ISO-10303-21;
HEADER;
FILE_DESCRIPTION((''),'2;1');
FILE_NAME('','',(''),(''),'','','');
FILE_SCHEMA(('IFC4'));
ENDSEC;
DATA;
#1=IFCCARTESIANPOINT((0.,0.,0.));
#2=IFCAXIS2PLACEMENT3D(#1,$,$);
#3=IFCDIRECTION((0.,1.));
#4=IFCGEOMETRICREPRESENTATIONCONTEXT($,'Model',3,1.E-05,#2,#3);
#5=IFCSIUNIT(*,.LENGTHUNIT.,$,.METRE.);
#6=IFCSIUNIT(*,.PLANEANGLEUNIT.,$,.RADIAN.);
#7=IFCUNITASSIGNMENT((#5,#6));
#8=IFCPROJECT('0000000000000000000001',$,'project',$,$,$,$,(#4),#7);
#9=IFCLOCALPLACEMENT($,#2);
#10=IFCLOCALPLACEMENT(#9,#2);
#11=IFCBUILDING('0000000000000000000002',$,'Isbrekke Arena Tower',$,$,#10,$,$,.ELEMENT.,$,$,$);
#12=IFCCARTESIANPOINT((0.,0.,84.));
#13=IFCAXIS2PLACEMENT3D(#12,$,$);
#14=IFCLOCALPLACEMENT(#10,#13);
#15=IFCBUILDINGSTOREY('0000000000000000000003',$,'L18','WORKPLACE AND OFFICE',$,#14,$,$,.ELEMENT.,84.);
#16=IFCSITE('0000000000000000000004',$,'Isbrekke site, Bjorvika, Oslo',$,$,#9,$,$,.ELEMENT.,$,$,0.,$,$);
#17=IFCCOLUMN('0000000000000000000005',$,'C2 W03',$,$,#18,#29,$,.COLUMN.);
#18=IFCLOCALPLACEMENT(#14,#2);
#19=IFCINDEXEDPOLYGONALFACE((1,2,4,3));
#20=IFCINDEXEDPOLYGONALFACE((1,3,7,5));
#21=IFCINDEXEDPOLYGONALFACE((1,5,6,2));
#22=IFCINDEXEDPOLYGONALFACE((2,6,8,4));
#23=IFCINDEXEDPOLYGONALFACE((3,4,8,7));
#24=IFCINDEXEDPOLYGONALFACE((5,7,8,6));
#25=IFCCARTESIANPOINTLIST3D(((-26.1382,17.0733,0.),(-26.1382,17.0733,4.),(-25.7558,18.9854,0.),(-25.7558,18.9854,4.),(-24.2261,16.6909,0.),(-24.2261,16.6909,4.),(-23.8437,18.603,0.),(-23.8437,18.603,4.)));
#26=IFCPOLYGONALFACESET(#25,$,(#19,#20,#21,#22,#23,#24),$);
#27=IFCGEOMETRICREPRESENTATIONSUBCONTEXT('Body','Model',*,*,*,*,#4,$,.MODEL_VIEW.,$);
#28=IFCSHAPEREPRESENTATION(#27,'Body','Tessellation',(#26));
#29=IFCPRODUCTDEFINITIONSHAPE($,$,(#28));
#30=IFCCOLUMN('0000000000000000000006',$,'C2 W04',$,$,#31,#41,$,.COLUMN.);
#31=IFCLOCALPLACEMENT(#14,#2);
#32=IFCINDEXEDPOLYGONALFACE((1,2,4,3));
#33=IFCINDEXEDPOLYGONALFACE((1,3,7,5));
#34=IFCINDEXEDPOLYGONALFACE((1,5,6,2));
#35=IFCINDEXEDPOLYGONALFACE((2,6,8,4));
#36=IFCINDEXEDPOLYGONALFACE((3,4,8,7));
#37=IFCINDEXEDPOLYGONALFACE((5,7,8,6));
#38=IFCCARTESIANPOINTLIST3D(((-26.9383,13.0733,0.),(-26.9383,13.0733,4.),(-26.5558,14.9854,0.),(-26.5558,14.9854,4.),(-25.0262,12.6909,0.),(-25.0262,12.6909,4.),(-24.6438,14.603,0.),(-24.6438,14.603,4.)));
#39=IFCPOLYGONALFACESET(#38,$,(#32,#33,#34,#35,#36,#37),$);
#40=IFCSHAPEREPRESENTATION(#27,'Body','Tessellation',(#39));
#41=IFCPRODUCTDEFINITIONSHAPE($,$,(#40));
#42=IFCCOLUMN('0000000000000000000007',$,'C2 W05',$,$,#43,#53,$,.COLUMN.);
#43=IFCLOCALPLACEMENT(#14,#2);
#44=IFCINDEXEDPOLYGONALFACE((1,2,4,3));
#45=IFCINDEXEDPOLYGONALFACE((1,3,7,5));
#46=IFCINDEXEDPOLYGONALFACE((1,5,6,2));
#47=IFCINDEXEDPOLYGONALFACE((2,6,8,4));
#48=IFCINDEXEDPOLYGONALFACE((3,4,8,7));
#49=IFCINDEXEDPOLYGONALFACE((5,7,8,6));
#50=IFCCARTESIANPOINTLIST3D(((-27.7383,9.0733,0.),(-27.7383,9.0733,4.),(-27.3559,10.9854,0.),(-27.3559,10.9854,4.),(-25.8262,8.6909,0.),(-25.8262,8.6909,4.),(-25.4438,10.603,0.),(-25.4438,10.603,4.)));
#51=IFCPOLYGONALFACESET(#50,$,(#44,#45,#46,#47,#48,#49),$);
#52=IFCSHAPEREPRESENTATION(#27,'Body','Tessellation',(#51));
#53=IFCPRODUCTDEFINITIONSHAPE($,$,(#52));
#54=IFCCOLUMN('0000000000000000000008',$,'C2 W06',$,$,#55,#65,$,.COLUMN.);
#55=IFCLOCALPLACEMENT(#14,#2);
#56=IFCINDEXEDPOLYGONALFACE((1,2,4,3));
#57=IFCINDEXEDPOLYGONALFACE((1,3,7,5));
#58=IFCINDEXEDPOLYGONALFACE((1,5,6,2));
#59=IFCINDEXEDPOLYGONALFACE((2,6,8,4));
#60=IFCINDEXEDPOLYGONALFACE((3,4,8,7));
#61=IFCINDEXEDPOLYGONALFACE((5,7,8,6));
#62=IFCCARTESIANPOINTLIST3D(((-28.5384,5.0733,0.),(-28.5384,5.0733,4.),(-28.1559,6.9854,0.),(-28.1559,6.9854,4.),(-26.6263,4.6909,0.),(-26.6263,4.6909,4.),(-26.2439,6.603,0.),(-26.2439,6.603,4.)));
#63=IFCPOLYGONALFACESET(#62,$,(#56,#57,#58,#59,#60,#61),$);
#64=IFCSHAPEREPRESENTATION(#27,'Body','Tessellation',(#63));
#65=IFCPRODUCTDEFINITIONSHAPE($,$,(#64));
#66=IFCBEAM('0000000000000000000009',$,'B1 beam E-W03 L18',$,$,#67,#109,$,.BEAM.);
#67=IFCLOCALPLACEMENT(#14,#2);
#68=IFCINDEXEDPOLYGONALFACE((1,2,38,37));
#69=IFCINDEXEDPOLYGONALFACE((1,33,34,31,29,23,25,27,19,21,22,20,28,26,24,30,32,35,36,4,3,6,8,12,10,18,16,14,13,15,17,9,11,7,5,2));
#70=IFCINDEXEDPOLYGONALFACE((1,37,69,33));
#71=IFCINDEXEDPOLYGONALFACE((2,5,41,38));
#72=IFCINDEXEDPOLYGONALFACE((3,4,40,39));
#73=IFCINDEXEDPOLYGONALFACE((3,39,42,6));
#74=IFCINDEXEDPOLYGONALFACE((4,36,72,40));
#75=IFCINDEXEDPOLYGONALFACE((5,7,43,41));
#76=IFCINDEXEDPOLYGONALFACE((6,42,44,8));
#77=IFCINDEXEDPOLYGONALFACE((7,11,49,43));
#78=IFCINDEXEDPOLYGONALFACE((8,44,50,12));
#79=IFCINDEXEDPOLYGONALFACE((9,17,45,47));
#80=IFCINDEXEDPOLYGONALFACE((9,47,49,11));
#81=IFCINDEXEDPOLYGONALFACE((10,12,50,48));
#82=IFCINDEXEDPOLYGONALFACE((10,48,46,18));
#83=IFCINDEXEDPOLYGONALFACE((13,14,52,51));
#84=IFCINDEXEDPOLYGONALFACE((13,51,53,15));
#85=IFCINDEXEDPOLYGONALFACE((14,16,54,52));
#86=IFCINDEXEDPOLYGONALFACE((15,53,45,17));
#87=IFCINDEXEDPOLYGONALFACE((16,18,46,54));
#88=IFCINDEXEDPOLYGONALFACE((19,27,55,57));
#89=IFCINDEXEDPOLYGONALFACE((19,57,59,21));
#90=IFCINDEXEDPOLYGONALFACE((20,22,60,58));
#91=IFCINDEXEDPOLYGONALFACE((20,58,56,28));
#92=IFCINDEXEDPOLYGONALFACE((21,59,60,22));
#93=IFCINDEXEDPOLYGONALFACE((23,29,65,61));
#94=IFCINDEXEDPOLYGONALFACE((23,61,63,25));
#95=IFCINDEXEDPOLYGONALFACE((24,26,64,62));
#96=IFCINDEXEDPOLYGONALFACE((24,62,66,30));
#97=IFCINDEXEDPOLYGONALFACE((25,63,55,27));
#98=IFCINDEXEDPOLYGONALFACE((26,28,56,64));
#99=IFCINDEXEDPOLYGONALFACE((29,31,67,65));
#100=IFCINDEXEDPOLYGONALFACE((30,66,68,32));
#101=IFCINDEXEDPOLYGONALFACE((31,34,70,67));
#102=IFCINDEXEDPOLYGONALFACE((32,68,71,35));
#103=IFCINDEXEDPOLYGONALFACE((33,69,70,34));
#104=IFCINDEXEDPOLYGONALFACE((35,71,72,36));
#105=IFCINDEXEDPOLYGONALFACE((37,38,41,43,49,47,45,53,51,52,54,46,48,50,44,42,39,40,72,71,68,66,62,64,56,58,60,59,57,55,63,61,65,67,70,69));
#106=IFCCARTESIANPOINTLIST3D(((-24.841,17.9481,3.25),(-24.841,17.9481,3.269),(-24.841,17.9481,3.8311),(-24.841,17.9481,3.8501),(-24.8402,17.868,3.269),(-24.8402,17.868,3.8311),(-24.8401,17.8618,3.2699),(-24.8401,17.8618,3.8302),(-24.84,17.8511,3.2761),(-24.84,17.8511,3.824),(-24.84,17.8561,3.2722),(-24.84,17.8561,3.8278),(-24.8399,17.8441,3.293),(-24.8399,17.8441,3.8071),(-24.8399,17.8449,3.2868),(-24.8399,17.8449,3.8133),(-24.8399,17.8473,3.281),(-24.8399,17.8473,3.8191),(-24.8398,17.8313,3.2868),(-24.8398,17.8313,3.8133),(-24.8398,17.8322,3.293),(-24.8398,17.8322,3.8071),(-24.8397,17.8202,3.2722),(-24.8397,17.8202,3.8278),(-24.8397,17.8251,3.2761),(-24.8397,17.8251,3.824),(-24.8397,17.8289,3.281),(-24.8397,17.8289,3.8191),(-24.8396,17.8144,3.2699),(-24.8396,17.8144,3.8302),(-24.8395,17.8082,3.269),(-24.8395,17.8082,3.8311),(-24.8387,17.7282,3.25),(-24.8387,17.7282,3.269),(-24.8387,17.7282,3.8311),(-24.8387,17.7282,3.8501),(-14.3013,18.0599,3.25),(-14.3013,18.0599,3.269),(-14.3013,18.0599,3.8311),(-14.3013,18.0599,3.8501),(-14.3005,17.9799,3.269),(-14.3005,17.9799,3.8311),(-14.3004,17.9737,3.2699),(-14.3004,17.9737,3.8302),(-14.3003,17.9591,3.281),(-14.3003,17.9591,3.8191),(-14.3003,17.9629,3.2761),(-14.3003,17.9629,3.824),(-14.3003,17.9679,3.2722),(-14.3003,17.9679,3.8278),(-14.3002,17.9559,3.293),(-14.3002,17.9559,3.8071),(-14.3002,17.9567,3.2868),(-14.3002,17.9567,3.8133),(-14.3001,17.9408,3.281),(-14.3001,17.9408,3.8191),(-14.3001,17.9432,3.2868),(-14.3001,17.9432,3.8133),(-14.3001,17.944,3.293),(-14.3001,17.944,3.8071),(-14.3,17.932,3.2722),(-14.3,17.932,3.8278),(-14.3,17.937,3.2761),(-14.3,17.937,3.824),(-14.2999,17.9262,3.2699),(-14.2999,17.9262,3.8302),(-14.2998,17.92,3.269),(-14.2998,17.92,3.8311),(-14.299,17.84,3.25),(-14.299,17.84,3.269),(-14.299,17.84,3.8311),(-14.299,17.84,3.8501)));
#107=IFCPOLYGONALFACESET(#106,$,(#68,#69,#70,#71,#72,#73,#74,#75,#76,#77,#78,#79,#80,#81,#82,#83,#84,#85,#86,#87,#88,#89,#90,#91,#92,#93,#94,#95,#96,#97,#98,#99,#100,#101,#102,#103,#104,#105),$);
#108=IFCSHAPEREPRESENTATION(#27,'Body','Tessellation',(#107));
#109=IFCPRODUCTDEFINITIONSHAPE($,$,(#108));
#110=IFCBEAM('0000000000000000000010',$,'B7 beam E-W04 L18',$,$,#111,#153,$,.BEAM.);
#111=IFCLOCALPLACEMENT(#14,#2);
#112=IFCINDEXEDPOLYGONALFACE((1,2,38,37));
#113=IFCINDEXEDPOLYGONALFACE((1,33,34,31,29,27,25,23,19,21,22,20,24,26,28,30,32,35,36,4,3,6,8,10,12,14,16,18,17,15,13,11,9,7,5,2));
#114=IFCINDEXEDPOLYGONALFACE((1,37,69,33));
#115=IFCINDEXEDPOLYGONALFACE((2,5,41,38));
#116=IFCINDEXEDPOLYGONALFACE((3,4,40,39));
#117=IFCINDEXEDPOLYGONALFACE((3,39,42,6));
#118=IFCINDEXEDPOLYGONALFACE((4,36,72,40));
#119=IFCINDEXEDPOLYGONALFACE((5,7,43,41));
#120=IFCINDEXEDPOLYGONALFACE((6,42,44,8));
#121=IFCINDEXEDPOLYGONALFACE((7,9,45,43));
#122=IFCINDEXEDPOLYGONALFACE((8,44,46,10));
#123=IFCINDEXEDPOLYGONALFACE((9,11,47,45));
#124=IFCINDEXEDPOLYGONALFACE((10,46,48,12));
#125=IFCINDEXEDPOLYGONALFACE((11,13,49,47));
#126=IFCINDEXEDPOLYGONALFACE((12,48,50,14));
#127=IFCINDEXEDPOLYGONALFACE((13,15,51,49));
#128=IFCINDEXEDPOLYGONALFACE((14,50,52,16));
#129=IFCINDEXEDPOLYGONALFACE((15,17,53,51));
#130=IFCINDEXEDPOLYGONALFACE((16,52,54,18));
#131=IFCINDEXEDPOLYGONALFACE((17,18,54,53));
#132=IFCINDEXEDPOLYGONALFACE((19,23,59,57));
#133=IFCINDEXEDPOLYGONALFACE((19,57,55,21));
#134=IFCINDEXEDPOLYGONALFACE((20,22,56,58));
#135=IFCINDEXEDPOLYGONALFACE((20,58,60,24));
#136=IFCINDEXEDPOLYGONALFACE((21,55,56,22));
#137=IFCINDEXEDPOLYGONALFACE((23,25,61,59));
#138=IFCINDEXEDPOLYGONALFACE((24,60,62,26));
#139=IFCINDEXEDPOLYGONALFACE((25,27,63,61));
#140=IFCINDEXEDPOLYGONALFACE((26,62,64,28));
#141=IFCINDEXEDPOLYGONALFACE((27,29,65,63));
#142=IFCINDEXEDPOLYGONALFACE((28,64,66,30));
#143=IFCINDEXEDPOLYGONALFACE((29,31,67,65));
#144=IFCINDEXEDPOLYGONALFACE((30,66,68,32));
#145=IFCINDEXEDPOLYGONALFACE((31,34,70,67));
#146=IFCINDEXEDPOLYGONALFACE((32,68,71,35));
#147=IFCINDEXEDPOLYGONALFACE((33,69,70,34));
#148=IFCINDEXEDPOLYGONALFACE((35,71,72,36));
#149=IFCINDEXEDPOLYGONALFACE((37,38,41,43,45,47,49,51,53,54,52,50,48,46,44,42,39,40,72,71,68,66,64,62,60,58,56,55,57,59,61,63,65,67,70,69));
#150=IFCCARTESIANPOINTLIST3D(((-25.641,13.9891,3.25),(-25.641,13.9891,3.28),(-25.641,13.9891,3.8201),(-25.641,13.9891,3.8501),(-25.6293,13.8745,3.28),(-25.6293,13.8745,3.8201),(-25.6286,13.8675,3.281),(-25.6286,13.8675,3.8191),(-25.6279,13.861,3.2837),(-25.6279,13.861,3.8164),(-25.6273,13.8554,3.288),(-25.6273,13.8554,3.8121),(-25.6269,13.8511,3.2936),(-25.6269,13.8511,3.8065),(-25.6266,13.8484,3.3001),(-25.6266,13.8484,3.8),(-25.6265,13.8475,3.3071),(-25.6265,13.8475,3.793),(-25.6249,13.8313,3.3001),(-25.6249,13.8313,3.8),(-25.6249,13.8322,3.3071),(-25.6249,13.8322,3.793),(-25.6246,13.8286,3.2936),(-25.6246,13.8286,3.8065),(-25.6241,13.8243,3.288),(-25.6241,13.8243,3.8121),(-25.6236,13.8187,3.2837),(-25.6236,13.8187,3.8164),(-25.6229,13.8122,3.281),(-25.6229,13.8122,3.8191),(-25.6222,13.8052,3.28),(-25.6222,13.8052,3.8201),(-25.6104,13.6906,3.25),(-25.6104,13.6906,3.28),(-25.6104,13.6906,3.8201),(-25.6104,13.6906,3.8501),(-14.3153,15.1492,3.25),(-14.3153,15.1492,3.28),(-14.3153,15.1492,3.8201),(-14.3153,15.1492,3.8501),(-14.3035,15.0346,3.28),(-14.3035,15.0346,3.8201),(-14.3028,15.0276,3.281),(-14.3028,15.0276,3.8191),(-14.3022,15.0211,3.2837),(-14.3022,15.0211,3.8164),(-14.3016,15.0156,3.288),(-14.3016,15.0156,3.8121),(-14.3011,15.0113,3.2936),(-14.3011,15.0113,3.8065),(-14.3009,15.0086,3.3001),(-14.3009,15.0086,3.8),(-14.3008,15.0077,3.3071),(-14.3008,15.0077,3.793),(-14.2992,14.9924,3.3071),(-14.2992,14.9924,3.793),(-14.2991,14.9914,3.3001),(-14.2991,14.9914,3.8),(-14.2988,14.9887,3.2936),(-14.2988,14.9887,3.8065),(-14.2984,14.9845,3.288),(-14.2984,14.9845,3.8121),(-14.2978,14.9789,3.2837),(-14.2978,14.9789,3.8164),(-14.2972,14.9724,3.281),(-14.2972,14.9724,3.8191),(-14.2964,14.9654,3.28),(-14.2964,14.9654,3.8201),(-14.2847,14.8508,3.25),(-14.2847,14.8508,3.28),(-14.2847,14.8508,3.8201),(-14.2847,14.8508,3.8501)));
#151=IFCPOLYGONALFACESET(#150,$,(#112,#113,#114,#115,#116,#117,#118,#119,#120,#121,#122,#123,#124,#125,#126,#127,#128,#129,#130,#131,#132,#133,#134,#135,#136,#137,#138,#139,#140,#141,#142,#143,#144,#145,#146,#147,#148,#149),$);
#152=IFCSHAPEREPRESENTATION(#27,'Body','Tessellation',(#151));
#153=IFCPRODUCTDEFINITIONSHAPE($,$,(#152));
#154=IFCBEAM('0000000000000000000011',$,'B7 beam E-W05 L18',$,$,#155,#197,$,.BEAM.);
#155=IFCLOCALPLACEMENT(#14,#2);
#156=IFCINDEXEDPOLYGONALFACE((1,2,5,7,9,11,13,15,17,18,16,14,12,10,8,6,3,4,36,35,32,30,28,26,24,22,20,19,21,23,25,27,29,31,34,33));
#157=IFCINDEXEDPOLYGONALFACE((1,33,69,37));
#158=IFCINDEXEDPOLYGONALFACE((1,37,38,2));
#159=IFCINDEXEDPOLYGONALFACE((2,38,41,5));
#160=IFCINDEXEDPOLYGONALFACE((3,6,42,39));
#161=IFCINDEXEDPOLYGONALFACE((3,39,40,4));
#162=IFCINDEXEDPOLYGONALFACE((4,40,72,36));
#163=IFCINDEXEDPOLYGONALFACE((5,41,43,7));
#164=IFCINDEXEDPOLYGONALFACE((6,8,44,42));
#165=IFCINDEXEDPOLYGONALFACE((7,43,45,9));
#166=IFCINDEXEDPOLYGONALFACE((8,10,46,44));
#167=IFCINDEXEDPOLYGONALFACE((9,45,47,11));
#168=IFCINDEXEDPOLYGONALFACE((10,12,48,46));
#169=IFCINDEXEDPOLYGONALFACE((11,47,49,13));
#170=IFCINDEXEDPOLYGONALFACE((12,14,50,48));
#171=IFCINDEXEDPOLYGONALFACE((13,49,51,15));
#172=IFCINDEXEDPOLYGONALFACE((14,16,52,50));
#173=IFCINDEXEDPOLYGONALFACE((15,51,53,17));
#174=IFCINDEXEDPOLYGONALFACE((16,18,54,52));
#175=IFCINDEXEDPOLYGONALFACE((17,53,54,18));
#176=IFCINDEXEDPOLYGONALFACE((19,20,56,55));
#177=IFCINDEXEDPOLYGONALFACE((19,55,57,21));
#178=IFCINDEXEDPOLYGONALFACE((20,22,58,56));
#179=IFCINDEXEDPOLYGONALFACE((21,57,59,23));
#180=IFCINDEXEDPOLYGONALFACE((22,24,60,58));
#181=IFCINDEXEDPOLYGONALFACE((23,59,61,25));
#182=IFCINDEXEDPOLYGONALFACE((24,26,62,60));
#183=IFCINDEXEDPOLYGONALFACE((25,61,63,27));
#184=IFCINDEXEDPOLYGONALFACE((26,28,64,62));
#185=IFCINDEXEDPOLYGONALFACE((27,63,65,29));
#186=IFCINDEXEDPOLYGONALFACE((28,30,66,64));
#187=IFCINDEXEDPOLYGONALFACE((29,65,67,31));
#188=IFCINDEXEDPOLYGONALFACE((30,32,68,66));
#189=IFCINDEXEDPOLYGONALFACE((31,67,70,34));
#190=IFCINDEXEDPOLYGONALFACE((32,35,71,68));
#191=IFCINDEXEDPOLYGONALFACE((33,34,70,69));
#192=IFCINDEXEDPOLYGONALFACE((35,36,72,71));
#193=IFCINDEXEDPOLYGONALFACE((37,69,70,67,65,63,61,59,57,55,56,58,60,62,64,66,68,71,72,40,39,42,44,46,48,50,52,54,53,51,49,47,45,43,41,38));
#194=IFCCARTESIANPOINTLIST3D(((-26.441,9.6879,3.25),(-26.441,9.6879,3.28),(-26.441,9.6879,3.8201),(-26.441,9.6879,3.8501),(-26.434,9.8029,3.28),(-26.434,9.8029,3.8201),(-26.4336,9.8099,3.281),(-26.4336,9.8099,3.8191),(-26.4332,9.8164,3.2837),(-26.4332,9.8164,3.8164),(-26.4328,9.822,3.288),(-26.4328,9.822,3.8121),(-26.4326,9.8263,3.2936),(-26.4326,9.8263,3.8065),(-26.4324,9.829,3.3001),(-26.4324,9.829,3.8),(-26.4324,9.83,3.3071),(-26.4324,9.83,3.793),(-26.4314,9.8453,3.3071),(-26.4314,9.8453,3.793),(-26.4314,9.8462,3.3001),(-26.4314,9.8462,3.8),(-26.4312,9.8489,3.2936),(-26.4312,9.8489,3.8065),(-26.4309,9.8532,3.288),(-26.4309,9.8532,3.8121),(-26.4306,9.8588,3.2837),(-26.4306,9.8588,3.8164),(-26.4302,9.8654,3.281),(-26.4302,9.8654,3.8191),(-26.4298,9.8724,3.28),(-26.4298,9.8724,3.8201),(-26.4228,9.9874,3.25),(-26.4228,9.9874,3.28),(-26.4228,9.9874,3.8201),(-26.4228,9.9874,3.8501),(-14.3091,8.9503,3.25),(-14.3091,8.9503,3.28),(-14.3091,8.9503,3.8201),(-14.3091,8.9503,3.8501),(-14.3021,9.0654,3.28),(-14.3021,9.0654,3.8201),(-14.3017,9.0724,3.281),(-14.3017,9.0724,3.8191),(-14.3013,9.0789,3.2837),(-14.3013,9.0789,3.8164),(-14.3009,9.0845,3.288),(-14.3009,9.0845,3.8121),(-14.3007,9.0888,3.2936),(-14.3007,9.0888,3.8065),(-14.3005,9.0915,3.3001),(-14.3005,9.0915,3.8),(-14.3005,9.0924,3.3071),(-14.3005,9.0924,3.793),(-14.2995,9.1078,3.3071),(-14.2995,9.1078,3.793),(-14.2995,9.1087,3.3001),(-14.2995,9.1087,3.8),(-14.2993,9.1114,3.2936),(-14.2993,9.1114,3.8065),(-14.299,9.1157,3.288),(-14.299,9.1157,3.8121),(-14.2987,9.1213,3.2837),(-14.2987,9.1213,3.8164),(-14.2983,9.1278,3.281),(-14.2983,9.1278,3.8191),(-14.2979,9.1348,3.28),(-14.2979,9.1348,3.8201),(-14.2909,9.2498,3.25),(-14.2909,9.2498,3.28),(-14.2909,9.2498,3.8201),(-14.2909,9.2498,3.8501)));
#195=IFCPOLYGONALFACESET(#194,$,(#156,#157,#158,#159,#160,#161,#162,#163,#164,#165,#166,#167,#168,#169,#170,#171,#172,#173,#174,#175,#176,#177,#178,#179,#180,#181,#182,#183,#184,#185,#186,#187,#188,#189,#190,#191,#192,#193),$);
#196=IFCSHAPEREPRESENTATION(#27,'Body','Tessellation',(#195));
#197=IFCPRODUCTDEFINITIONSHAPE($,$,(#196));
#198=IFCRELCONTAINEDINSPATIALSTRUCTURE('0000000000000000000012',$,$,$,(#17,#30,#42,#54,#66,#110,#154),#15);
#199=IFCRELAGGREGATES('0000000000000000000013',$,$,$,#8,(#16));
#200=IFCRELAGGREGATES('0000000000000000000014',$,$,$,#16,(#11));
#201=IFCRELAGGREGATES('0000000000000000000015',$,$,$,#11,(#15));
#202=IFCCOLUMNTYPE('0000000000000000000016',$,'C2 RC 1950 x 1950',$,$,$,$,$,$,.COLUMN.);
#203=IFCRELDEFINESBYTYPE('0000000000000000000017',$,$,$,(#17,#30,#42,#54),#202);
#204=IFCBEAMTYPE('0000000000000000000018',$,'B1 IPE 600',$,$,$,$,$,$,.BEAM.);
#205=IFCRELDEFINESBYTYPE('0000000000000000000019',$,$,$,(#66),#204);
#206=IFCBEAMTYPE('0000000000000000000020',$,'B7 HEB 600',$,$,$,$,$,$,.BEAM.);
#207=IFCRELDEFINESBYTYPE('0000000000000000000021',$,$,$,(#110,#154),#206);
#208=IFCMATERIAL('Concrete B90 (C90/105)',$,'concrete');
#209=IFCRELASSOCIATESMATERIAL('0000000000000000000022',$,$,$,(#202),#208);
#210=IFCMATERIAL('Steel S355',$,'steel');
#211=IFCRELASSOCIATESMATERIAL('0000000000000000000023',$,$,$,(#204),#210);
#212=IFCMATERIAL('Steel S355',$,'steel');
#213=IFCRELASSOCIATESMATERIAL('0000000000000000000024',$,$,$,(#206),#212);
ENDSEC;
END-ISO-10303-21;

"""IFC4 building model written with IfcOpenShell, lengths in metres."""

from ifc_helpers import new_model, si_unit, direction, frame, origin, origin_2d, place, context, subcontext, project, spatial, rectangle, i_section, extrude, material, material_profile, profile_set, type_object, element, save


model = new_model("IFC4")

# Units and contexts
model_context = context("Model", 3, precision=1e-05, world=origin(), true_north=direction((0.0, 1.0)))
body_context = subcontext(model_context, "Body", "Model", "MODEL_VIEW")
ifc_project = project(units=[si_unit("LENGTHUNIT", "METRE"), si_unit("PLANEANGLEUNIT", "RADIAN")], contexts=[model_context])

# Site, building, storey
site_placement = place(None, origin())
site = spatial("IfcSite", under=ifc_project, at=site_placement, Name="Isbrekke site, Bjorvika, Oslo", CompositionType="ELEMENT", RefElevation=0.0)
building_placement = place(site_placement, origin())
building = spatial("IfcBuilding", under=site, at=building_placement, Name="Isbrekke Arena Tower", CompositionType="ELEMENT")
storey_placement = place(building_placement, frame((0.0, 0.0, 84.0)))
storey = spatial("IfcBuildingStorey", under=building, at=storey_placement, Name="L18", Description="WORKPLACE AND OFFICE", CompositionType="ELEMENT", Elevation=84.0)

# Columns
ifc_material_1 = material(Name="Concrete B90 (C90/105)", Category="concrete")
ifc_material_profile_1 = material_profile(ifc_material_1, rectangle(XDim=1.95, YDim=1.95, at=origin_2d()), Name="RC 1950x1950")
ifc_profile_set_1 = profile_set([ifc_material_profile_1], Name="Concrete B90 (C90/105)")
column_type = type_object("IfcColumnType", Name="C2 RC 1950 x 1950", PredefinedType="COLUMN", material=ifc_profile_set_1)
for number, where, z_axis, x_axis, name in (
    (1, (-24.991, 17.8381, 0.0), (0.0, 0.0, 1.0), (-0.196116, -0.980581, 0.0), "C2 W03"),
    (2, (-25.791, 13.8381, 0.0), (0.0, 0.0, 1.0), (-0.196116, -0.980581, 0.0), "C2 W04"),
    (3, (-26.5911, 9.8381, 0.0), (0.0, 0.0, 1.0), (-0.196116, -0.980581, 0.0), "C2 W05"),
    (4, (-27.3911, 5.8381, 0.0), (0.0, 0.0, 1.0), (-0.196116, -0.980581, 0.0), "C2 W06"),
):
    element("IfcColumn", number, at=place(storey_placement, frame(where, z_axis=z_axis, x_axis=x_axis)), inside=storey, type_object=column_type, Name=name, PredefinedType="COLUMN", context=body_context, shape_type="SweptSolid", body=[
        extrude(rectangle(XDim=1.95, YDim=1.95, at=origin_2d()), origin(), (0.0, 0.0, 1.0), 4.0),
    ])

# Beams
ifc_material_2 = material(Name="Steel S355", Category="steel")
ifc_material_profile_2 = material_profile(ifc_material_2, i_section(OverallWidth=0.22, OverallDepth=0.6001, WebThickness=0.012, FlangeThickness=0.019, FilletRadius=0.0239, at=origin_2d()), Name="IPE 600")
ifc_profile_set_2 = profile_set([ifc_material_profile_2], Name="Steel S355")
beam_type_1 = type_object("IfcBeamType", Name="B1 IPE 600", PredefinedType="BEAM", material=ifc_profile_set_2)
beam_1_placement = place(storey_placement, frame((-24.8398, 17.8381, 3.55), z_axis=(0.999944, 0.010608, 0.0), x_axis=(-0.010608, 0.999944, 0.0)))
element("IfcBeam", 5, at=beam_1_placement, inside=storey, type_object=beam_type_1, Name="B1 beam E-W03 L18", PredefinedType="BEAM", context=body_context, shape_type="SweptSolid", body=[
    extrude(i_section(OverallWidth=0.22, OverallDepth=0.6001, WebThickness=0.012, FlangeThickness=0.019, FilletRadius=0.0239, at=origin_2d()), origin(), (0.0, 0.0, 1.0), 10.5403),
])
ifc_material_3 = material(Name="Steel S355", Category="steel")
ifc_material_profile_3 = material_profile(ifc_material_3, i_section(OverallWidth=0.3, OverallDepth=0.6001, WebThickness=0.0154, FlangeThickness=0.03, FilletRadius=0.0271, at=origin_2d()), Name="HEB 600")
ifc_profile_set_3 = profile_set([ifc_material_profile_3], Name="Steel S355")
beam_type_2 = type_object("IfcBeamType", Name="B7 HEB 600", PredefinedType="BEAM", material=ifc_profile_set_3)
beam_2_placement = place(storey_placement, frame((-25.6257, 13.8398, 3.55), z_axis=(0.994794, 0.101903, 0.0), x_axis=(-0.101903, 0.994794, 0.0)))
element("IfcBeam", 6, at=beam_2_placement, inside=storey, type_object=beam_type_2, Name="B7 beam E-W04 L18", PredefinedType="BEAM", context=body_context, shape_type="SweptSolid", body=[
    extrude(i_section(OverallWidth=0.3, OverallDepth=0.6001, WebThickness=0.0154, FlangeThickness=0.03, FilletRadius=0.0271, at=origin_2d()), origin(), (0.0, 0.0, 1.0), 11.385),
])
beam_3_placement = place(storey_placement, frame((-26.4319, 9.8376, 3.55), z_axis=(0.998157, -0.060682, 0.0), x_axis=(0.060682, 0.998157, 0.0)))
element("IfcBeam", 7, at=beam_3_placement, inside=storey, type_object=beam_type_2, Name="B7 beam E-W05 L18", PredefinedType="BEAM", context=body_context, shape_type="SweptSolid", body=[
    extrude(i_section(OverallWidth=0.3, OverallDepth=0.6001, WebThickness=0.0154, FlangeThickness=0.03, FilletRadius=0.0271, at=origin_2d()), origin(), (0.0, 0.0, 1.0), 12.1543),
])

save(model, "model.ifc")
